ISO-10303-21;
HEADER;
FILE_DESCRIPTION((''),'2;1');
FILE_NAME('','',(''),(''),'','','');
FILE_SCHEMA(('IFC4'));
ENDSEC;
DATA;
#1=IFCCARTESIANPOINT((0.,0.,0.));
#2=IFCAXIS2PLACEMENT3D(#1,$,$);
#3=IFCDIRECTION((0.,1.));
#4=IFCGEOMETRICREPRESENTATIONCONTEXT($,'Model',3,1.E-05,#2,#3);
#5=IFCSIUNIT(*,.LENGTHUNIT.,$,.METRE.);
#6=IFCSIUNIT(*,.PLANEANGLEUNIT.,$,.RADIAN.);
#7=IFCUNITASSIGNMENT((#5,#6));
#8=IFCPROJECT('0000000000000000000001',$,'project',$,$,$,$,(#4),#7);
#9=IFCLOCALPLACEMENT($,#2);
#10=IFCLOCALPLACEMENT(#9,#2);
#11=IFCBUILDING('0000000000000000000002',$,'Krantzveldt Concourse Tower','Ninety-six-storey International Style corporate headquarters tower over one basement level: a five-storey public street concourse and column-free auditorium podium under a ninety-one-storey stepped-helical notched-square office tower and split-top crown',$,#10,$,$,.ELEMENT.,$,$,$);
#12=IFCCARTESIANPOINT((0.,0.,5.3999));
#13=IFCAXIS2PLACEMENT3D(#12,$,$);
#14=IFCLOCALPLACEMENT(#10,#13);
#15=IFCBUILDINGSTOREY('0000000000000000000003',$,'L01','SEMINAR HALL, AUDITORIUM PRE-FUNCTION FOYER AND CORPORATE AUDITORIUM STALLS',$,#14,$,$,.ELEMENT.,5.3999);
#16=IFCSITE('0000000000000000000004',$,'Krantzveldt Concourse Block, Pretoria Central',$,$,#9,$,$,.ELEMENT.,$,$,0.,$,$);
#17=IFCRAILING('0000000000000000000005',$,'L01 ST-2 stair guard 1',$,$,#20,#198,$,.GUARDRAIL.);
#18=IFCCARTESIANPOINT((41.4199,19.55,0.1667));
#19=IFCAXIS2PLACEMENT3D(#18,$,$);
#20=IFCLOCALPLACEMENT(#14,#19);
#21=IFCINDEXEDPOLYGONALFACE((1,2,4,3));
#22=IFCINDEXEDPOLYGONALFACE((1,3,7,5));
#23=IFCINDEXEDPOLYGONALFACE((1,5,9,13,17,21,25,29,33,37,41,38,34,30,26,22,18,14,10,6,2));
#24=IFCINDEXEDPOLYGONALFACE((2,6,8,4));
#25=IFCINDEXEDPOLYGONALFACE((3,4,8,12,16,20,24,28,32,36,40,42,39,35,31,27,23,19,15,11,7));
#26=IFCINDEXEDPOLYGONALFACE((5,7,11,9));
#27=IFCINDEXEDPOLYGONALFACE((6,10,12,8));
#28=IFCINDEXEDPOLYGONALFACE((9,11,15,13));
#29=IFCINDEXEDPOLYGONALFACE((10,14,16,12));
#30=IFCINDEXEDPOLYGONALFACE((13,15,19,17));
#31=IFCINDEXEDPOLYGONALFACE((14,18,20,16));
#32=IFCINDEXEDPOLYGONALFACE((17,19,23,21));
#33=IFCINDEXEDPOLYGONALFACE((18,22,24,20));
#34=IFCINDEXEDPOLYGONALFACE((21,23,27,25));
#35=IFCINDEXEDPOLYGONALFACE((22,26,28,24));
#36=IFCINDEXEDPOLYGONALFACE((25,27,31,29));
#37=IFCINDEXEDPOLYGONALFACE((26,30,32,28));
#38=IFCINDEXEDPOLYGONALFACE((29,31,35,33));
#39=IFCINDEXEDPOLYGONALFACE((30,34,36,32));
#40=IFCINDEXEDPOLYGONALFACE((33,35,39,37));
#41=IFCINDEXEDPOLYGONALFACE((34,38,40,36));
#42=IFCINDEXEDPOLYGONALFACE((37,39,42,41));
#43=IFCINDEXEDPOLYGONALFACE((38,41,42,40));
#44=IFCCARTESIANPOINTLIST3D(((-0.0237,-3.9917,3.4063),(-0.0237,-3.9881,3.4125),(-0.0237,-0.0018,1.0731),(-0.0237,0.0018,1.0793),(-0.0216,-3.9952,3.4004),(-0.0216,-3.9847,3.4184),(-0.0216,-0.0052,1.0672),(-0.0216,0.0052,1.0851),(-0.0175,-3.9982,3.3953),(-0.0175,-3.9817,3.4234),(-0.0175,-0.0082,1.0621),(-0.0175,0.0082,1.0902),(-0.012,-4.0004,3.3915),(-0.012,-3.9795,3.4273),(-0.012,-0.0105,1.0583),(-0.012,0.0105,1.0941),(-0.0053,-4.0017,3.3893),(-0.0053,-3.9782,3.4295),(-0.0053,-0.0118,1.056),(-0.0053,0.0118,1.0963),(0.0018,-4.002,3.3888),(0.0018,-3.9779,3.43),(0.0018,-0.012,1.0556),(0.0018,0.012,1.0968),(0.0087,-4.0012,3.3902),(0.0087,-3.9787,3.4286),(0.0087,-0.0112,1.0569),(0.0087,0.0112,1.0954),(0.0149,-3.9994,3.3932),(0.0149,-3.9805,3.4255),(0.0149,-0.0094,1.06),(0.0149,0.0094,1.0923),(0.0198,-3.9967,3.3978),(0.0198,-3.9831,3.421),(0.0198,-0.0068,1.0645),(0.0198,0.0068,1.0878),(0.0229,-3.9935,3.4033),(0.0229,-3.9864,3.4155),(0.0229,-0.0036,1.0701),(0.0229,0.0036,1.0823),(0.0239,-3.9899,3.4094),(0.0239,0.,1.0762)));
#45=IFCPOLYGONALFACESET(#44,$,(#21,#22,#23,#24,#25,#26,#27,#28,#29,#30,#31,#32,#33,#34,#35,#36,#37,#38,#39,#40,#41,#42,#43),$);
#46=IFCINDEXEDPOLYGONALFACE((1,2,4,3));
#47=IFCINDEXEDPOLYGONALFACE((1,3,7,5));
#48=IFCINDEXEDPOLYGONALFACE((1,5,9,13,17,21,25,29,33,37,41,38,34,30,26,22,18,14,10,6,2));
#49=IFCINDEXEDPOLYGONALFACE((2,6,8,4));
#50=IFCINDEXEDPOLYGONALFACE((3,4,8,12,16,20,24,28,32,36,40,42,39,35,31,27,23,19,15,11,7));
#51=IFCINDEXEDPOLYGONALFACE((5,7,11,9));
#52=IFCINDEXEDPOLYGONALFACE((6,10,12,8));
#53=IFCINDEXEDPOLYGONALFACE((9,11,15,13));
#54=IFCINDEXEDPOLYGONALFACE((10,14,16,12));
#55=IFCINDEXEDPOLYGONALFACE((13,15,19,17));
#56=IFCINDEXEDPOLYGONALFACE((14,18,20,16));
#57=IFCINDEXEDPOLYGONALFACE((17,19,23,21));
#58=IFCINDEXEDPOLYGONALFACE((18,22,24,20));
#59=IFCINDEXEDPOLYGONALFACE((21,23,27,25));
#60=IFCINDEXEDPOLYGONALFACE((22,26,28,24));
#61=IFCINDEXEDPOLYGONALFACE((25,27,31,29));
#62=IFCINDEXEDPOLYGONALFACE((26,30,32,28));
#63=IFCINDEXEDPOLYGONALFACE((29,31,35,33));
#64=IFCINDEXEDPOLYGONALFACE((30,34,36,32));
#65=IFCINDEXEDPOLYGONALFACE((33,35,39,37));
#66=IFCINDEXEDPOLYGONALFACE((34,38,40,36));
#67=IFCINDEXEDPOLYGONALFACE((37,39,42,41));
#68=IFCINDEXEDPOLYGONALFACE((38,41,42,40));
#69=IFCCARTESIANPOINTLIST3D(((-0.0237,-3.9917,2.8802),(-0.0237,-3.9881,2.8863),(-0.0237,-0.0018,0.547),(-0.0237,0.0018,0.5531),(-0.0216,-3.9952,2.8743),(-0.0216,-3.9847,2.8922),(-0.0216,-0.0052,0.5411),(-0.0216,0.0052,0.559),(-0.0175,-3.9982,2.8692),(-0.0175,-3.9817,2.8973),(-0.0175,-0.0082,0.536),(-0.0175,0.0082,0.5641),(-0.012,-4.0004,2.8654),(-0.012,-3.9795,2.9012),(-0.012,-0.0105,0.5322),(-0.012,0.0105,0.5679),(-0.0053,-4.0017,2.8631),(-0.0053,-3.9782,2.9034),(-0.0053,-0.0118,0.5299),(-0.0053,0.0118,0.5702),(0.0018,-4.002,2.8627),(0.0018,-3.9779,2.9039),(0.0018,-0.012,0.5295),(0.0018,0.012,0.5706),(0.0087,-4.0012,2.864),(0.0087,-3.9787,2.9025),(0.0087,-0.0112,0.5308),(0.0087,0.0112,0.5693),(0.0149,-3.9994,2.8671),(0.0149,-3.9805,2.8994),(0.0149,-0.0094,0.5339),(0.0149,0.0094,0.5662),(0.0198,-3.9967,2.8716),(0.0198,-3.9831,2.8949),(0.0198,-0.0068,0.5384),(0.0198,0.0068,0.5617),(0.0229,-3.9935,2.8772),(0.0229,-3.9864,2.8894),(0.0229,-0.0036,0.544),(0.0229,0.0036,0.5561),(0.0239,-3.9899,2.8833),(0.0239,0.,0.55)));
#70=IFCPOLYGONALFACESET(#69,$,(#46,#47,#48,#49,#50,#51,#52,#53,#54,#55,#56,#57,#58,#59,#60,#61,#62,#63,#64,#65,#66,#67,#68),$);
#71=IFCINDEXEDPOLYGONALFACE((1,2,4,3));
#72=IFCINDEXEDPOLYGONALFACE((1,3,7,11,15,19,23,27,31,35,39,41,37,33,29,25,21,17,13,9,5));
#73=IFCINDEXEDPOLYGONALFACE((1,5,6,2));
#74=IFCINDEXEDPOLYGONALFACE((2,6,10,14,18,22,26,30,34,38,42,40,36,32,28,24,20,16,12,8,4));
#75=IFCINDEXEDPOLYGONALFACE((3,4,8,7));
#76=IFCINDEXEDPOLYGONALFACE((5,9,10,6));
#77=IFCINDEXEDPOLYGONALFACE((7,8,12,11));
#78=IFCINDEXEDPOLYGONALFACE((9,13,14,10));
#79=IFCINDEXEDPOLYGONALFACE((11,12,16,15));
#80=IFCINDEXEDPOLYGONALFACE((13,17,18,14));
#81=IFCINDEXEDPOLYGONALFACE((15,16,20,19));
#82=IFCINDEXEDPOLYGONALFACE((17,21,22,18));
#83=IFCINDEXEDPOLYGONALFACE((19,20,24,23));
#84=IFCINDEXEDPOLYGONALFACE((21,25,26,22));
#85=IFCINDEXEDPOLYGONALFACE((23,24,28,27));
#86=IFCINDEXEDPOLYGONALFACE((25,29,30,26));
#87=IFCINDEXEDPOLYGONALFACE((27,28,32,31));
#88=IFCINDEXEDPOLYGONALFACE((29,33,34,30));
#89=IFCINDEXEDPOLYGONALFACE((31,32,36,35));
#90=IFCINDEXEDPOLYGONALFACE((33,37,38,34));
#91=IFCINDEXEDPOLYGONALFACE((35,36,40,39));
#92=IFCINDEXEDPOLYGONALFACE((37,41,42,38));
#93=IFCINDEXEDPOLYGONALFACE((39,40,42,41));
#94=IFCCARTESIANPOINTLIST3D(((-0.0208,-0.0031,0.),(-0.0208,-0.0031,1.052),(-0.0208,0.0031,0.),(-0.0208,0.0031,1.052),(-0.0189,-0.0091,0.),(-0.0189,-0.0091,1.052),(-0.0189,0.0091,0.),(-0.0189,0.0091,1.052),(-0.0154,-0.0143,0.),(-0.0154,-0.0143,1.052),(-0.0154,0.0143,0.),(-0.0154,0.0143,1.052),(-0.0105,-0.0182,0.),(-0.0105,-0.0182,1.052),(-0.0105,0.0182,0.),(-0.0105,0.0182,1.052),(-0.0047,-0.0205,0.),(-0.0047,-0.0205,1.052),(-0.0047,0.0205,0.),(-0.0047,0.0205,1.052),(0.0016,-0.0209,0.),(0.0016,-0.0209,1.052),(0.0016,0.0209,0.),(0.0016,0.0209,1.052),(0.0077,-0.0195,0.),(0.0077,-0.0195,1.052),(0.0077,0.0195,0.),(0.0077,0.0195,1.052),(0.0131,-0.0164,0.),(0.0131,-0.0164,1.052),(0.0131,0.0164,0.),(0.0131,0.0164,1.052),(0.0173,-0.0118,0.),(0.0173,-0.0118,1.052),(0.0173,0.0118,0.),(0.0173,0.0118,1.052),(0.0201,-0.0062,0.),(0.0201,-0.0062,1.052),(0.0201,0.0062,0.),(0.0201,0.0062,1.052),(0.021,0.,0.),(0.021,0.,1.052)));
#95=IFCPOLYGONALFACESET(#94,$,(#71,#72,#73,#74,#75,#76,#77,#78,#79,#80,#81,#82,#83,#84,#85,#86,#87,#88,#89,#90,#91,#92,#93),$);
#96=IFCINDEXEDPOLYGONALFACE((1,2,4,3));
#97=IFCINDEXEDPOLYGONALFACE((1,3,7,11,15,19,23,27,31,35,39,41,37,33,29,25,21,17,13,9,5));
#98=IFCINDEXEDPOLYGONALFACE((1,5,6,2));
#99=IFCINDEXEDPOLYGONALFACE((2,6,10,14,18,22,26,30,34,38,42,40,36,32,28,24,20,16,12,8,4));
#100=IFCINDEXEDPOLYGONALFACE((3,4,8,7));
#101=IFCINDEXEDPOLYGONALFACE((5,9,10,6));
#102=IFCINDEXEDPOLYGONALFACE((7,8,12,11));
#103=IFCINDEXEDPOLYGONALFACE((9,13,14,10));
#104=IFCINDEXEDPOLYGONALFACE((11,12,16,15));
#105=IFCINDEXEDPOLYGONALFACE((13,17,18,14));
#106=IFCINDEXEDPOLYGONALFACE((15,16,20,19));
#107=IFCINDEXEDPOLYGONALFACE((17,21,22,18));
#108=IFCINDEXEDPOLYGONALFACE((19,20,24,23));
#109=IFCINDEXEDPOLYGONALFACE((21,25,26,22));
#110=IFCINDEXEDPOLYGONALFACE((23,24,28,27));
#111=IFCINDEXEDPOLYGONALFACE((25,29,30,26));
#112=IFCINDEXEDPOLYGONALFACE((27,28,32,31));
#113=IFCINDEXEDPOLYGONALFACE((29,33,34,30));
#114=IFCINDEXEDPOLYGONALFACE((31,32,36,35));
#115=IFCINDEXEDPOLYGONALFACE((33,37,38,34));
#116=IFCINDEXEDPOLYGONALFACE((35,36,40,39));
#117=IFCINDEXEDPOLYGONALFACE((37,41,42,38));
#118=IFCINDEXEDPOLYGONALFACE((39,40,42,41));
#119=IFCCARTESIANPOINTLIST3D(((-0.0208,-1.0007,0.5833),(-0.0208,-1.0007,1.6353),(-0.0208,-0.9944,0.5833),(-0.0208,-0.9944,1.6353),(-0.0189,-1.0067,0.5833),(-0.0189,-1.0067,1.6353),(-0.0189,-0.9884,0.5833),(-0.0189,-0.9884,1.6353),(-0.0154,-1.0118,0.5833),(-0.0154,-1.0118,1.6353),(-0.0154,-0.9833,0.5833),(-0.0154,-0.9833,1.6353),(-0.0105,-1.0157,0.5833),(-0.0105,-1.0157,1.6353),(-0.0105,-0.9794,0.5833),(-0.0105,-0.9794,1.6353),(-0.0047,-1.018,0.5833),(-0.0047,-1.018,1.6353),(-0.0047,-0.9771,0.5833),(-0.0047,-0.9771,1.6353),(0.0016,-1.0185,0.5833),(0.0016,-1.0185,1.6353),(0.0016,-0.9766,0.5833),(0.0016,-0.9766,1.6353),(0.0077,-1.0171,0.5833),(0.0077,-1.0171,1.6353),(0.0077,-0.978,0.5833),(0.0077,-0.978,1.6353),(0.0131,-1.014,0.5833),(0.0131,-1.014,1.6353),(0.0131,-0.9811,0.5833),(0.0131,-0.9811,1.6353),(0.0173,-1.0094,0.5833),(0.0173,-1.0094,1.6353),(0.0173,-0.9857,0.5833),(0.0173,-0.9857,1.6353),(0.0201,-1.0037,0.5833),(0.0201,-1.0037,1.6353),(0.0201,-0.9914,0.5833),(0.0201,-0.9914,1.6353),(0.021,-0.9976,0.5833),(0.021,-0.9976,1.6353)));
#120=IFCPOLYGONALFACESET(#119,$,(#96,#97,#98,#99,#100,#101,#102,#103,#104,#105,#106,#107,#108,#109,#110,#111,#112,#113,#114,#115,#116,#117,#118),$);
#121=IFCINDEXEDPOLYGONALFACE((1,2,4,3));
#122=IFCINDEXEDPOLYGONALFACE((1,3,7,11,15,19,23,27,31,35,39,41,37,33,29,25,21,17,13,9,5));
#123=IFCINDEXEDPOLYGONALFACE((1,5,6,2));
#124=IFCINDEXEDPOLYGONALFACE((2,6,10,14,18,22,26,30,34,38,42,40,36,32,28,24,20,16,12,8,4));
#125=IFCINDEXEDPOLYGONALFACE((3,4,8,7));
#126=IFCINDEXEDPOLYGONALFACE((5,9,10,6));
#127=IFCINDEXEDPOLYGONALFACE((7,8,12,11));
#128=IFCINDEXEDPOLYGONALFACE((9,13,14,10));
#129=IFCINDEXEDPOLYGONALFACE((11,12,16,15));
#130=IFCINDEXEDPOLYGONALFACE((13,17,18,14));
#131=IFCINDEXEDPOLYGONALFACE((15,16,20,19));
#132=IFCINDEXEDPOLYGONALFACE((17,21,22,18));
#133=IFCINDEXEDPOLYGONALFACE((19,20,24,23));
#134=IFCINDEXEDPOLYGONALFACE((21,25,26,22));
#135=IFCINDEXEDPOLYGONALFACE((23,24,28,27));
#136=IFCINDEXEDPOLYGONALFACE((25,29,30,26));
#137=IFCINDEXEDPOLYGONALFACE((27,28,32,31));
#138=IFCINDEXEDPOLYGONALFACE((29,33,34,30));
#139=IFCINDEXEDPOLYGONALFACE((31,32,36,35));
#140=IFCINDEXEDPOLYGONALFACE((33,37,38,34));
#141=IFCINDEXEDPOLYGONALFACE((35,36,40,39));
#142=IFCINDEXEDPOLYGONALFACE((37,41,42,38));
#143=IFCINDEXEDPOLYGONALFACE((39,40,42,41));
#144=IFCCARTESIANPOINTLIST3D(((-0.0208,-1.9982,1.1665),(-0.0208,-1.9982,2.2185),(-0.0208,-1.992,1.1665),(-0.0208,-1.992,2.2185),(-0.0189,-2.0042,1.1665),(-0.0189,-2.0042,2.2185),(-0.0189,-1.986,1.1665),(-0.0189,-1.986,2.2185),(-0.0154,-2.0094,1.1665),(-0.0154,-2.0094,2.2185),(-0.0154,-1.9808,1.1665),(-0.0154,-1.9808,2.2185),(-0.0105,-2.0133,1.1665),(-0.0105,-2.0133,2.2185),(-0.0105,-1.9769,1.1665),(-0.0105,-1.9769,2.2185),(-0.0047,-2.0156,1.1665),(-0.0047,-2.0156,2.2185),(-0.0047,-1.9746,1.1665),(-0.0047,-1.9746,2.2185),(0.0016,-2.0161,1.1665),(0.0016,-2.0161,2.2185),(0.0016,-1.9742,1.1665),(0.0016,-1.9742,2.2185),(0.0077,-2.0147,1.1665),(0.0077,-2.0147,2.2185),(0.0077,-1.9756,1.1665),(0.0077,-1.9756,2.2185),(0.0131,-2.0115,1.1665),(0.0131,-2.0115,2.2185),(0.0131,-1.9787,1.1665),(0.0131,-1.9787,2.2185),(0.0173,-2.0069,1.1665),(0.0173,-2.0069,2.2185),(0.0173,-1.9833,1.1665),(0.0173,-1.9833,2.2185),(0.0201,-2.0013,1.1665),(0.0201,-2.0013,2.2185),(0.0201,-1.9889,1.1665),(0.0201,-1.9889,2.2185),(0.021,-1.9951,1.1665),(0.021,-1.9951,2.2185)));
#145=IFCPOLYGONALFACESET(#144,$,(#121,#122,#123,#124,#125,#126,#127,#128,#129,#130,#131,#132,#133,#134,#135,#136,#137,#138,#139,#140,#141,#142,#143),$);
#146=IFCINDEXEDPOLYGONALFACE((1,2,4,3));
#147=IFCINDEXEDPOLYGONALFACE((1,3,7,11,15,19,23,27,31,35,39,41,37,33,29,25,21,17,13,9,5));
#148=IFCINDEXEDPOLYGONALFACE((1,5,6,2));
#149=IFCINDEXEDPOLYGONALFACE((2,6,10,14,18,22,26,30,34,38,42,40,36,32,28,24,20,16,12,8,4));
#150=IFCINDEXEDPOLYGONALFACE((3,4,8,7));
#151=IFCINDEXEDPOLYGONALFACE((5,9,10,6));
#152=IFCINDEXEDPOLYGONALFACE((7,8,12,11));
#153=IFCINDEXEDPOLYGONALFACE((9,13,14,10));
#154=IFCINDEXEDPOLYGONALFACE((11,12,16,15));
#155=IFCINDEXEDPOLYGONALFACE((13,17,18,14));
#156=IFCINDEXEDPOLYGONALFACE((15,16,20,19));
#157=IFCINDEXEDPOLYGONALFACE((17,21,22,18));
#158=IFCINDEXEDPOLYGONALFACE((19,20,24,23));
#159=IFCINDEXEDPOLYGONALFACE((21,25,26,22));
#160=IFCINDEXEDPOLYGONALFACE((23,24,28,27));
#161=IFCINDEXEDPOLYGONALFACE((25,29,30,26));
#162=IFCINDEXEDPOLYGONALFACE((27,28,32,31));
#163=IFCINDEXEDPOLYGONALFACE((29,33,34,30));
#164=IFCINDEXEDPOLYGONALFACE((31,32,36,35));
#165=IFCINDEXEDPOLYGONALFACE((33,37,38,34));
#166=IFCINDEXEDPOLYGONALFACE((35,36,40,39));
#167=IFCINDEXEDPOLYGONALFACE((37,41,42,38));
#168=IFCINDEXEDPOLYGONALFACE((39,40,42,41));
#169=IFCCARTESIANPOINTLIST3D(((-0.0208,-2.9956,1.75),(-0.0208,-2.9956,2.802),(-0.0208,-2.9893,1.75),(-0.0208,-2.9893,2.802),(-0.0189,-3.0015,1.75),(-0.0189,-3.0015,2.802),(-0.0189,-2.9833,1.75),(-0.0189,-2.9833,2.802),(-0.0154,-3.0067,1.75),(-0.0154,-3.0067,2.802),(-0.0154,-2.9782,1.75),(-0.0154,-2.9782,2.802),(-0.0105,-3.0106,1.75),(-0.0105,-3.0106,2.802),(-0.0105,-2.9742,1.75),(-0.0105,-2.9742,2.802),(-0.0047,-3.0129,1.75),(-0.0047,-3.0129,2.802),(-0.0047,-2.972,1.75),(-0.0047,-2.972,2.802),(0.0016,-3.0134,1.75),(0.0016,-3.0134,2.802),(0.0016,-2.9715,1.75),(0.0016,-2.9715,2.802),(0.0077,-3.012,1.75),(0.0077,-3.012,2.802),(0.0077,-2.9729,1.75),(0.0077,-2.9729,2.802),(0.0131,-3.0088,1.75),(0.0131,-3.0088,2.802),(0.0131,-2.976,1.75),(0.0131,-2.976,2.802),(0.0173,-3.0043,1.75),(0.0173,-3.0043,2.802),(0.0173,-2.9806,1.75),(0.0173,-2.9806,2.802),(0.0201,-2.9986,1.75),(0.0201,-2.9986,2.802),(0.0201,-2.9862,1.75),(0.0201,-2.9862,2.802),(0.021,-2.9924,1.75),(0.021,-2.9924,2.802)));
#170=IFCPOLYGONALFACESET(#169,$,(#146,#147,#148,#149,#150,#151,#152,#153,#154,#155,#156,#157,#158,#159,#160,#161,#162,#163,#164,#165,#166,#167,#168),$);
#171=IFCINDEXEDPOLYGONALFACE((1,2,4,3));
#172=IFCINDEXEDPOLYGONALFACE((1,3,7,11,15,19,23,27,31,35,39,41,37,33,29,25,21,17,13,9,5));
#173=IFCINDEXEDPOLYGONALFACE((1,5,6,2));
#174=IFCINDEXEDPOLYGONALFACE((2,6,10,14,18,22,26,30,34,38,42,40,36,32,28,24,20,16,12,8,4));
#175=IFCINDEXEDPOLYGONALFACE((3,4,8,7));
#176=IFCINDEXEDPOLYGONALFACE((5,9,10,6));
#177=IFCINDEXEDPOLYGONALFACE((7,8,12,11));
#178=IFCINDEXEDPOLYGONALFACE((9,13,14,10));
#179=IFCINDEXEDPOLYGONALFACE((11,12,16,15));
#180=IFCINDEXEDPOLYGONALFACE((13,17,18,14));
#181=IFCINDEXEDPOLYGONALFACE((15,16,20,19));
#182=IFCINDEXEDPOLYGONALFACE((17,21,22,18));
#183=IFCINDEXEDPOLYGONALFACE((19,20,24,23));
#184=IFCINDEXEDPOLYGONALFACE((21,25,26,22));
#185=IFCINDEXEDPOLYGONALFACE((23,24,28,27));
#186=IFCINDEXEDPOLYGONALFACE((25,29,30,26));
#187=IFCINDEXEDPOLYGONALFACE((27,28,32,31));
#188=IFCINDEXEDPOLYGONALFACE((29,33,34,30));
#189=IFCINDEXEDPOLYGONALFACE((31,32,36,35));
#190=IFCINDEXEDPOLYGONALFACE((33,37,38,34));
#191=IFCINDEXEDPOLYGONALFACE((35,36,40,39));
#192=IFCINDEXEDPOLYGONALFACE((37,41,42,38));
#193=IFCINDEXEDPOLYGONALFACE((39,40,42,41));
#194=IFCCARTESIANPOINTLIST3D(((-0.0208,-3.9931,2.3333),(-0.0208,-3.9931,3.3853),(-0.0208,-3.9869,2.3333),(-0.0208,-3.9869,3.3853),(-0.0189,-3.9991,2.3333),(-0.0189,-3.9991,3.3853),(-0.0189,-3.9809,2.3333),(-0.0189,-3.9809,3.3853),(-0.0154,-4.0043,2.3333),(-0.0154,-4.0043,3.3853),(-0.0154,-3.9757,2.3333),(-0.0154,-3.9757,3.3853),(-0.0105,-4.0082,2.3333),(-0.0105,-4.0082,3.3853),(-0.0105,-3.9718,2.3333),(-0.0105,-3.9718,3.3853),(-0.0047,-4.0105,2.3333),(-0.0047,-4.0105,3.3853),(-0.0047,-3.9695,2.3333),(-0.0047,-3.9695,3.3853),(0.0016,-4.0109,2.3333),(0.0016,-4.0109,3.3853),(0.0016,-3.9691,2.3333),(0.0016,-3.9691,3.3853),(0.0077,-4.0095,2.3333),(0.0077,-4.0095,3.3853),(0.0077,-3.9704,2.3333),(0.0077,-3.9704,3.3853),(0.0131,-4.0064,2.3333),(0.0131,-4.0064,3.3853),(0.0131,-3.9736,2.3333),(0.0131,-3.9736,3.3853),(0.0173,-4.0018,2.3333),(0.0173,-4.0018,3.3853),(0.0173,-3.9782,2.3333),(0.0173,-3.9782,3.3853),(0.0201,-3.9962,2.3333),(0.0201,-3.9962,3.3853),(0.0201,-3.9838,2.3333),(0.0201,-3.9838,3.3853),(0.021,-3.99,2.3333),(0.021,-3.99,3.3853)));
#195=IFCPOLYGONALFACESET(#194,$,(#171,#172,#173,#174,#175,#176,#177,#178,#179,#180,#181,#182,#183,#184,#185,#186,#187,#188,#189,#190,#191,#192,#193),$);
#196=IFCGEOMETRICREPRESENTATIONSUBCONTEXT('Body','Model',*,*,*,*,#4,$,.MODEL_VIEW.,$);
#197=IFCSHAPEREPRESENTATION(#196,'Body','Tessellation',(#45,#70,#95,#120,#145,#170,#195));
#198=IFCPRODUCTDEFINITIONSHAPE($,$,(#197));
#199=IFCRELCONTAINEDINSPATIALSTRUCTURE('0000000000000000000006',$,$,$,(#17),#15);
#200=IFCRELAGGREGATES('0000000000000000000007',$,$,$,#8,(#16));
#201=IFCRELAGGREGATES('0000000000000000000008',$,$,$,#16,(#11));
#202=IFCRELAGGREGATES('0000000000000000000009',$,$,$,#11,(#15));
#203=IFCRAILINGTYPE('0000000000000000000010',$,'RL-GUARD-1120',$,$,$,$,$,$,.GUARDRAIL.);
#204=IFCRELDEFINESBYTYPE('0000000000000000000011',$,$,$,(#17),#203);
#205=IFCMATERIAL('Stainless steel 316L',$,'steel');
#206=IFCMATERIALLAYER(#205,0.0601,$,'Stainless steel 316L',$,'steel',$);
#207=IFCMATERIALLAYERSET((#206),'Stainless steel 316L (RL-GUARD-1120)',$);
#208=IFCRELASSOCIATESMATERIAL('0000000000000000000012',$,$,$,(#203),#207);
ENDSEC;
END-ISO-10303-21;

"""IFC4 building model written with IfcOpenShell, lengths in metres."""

from ifc_helpers import new_model, si_unit, direction, frame, origin, origin_2d, place, context, subcontext, project, spatial, circle, extrude, material, layer, layer_set, type_object, element, save


model = new_model("IFC4")

# Units and contexts
model_context = context("Model", 3, precision=1e-05, world=origin(), true_north=direction((0.0, 1.0)))
body_context = subcontext(model_context, "Body", "Model", "MODEL_VIEW")
ifc_project = project(units=[si_unit("LENGTHUNIT", "METRE"), si_unit("PLANEANGLEUNIT", "RADIAN")], contexts=[model_context])

# Site, building, storey
site_placement = place(None, origin())
site = spatial("IfcSite", under=ifc_project, at=site_placement, Name="Krantzveldt Concourse Block, Pretoria Central", CompositionType="ELEMENT", RefElevation=0.0)
building_placement = place(site_placement, origin())
building = spatial("IfcBuilding", under=site, at=building_placement, Name="Krantzveldt Concourse Tower", Description="Ninety-six-storey International Style corporate headquarters tower over one basement level: a five-storey public street concourse and column-free auditorium podium under a ninety-one-storey stepped-helical notched-square office tower and split-top crown", CompositionType="ELEMENT")
storey_placement = place(building_placement, frame((0.0, 0.0, 5.3999)))
storey = spatial("IfcBuildingStorey", under=building, at=storey_placement, Name="L01", Description="SEMINAR HALL, AUDITORIUM PRE-FUNCTION FOYER AND CORPORATE AUDITORIUM STALLS", CompositionType="ELEMENT", Elevation=5.3999)

# Shared definitions
ifc_material_1 = material(Name="Stainless steel 316L", Category="steel")

# Railing
ifc_layer_1 = layer(ifc_material_1, 0.0601, Name="Stainless steel 316L", Category="steel")
ifc_layer_set_1 = layer_set([ifc_layer_1], Name="Stainless steel 316L (RL-GUARD-1120)")
railing_type_1 = type_object("IfcRailingType", Name="RL-GUARD-1120", PredefinedType="GUARDRAIL", material=ifc_layer_set_1)
railing_1_placement = place(storey_placement, frame((41.4199, 19.55, 0.1667)))
element("IfcRailing", 1, at=railing_1_placement, inside=storey, type_object=railing_type_1, Name="L01 ST-2 stair guard 1", PredefinedType="GUARDRAIL", context=body_context, shape_type="SweptSolid", body=[
    extrude(circle(Radius=0.0239, at=origin_2d()), frame((0.0, 0.0, 1.0762), z_axis=(0.0, -0.863236, 0.5048), x_axis=(1.0, 0.0, 0.0)), (0.0, 0.0, 1.0), 4.6221),
    extrude(circle(Radius=0.0239, at=origin_2d()), frame((0.0, 0.0, 0.55), z_axis=(0.0, -0.863236, 0.5048), x_axis=(1.0, 0.0, 0.0)), (0.0, 0.0, 1.0), 4.6221),
    extrude(circle(Radius=0.021, at=origin_2d()), origin(), (0.0, 0.0, 1.0), 1.052),
    extrude(circle(Radius=0.021, at=origin_2d()), frame((0.0, -0.9976, 0.5833)), (0.0, 0.0, 1.0), 1.052),
    extrude(circle(Radius=0.021, at=origin_2d()), frame((0.0, -1.9951, 1.1665)), (0.0, 0.0, 1.0), 1.052),
    extrude(circle(Radius=0.021, at=origin_2d()), frame((0.0, -2.9924, 1.75)), (0.0, 0.0, 1.0), 1.052),
    extrude(circle(Radius=0.021, at=origin_2d()), frame((0.0, -3.99, 2.3333)), (0.0, 0.0, 1.0), 1.052),
])

save(model, "model.ifc")
